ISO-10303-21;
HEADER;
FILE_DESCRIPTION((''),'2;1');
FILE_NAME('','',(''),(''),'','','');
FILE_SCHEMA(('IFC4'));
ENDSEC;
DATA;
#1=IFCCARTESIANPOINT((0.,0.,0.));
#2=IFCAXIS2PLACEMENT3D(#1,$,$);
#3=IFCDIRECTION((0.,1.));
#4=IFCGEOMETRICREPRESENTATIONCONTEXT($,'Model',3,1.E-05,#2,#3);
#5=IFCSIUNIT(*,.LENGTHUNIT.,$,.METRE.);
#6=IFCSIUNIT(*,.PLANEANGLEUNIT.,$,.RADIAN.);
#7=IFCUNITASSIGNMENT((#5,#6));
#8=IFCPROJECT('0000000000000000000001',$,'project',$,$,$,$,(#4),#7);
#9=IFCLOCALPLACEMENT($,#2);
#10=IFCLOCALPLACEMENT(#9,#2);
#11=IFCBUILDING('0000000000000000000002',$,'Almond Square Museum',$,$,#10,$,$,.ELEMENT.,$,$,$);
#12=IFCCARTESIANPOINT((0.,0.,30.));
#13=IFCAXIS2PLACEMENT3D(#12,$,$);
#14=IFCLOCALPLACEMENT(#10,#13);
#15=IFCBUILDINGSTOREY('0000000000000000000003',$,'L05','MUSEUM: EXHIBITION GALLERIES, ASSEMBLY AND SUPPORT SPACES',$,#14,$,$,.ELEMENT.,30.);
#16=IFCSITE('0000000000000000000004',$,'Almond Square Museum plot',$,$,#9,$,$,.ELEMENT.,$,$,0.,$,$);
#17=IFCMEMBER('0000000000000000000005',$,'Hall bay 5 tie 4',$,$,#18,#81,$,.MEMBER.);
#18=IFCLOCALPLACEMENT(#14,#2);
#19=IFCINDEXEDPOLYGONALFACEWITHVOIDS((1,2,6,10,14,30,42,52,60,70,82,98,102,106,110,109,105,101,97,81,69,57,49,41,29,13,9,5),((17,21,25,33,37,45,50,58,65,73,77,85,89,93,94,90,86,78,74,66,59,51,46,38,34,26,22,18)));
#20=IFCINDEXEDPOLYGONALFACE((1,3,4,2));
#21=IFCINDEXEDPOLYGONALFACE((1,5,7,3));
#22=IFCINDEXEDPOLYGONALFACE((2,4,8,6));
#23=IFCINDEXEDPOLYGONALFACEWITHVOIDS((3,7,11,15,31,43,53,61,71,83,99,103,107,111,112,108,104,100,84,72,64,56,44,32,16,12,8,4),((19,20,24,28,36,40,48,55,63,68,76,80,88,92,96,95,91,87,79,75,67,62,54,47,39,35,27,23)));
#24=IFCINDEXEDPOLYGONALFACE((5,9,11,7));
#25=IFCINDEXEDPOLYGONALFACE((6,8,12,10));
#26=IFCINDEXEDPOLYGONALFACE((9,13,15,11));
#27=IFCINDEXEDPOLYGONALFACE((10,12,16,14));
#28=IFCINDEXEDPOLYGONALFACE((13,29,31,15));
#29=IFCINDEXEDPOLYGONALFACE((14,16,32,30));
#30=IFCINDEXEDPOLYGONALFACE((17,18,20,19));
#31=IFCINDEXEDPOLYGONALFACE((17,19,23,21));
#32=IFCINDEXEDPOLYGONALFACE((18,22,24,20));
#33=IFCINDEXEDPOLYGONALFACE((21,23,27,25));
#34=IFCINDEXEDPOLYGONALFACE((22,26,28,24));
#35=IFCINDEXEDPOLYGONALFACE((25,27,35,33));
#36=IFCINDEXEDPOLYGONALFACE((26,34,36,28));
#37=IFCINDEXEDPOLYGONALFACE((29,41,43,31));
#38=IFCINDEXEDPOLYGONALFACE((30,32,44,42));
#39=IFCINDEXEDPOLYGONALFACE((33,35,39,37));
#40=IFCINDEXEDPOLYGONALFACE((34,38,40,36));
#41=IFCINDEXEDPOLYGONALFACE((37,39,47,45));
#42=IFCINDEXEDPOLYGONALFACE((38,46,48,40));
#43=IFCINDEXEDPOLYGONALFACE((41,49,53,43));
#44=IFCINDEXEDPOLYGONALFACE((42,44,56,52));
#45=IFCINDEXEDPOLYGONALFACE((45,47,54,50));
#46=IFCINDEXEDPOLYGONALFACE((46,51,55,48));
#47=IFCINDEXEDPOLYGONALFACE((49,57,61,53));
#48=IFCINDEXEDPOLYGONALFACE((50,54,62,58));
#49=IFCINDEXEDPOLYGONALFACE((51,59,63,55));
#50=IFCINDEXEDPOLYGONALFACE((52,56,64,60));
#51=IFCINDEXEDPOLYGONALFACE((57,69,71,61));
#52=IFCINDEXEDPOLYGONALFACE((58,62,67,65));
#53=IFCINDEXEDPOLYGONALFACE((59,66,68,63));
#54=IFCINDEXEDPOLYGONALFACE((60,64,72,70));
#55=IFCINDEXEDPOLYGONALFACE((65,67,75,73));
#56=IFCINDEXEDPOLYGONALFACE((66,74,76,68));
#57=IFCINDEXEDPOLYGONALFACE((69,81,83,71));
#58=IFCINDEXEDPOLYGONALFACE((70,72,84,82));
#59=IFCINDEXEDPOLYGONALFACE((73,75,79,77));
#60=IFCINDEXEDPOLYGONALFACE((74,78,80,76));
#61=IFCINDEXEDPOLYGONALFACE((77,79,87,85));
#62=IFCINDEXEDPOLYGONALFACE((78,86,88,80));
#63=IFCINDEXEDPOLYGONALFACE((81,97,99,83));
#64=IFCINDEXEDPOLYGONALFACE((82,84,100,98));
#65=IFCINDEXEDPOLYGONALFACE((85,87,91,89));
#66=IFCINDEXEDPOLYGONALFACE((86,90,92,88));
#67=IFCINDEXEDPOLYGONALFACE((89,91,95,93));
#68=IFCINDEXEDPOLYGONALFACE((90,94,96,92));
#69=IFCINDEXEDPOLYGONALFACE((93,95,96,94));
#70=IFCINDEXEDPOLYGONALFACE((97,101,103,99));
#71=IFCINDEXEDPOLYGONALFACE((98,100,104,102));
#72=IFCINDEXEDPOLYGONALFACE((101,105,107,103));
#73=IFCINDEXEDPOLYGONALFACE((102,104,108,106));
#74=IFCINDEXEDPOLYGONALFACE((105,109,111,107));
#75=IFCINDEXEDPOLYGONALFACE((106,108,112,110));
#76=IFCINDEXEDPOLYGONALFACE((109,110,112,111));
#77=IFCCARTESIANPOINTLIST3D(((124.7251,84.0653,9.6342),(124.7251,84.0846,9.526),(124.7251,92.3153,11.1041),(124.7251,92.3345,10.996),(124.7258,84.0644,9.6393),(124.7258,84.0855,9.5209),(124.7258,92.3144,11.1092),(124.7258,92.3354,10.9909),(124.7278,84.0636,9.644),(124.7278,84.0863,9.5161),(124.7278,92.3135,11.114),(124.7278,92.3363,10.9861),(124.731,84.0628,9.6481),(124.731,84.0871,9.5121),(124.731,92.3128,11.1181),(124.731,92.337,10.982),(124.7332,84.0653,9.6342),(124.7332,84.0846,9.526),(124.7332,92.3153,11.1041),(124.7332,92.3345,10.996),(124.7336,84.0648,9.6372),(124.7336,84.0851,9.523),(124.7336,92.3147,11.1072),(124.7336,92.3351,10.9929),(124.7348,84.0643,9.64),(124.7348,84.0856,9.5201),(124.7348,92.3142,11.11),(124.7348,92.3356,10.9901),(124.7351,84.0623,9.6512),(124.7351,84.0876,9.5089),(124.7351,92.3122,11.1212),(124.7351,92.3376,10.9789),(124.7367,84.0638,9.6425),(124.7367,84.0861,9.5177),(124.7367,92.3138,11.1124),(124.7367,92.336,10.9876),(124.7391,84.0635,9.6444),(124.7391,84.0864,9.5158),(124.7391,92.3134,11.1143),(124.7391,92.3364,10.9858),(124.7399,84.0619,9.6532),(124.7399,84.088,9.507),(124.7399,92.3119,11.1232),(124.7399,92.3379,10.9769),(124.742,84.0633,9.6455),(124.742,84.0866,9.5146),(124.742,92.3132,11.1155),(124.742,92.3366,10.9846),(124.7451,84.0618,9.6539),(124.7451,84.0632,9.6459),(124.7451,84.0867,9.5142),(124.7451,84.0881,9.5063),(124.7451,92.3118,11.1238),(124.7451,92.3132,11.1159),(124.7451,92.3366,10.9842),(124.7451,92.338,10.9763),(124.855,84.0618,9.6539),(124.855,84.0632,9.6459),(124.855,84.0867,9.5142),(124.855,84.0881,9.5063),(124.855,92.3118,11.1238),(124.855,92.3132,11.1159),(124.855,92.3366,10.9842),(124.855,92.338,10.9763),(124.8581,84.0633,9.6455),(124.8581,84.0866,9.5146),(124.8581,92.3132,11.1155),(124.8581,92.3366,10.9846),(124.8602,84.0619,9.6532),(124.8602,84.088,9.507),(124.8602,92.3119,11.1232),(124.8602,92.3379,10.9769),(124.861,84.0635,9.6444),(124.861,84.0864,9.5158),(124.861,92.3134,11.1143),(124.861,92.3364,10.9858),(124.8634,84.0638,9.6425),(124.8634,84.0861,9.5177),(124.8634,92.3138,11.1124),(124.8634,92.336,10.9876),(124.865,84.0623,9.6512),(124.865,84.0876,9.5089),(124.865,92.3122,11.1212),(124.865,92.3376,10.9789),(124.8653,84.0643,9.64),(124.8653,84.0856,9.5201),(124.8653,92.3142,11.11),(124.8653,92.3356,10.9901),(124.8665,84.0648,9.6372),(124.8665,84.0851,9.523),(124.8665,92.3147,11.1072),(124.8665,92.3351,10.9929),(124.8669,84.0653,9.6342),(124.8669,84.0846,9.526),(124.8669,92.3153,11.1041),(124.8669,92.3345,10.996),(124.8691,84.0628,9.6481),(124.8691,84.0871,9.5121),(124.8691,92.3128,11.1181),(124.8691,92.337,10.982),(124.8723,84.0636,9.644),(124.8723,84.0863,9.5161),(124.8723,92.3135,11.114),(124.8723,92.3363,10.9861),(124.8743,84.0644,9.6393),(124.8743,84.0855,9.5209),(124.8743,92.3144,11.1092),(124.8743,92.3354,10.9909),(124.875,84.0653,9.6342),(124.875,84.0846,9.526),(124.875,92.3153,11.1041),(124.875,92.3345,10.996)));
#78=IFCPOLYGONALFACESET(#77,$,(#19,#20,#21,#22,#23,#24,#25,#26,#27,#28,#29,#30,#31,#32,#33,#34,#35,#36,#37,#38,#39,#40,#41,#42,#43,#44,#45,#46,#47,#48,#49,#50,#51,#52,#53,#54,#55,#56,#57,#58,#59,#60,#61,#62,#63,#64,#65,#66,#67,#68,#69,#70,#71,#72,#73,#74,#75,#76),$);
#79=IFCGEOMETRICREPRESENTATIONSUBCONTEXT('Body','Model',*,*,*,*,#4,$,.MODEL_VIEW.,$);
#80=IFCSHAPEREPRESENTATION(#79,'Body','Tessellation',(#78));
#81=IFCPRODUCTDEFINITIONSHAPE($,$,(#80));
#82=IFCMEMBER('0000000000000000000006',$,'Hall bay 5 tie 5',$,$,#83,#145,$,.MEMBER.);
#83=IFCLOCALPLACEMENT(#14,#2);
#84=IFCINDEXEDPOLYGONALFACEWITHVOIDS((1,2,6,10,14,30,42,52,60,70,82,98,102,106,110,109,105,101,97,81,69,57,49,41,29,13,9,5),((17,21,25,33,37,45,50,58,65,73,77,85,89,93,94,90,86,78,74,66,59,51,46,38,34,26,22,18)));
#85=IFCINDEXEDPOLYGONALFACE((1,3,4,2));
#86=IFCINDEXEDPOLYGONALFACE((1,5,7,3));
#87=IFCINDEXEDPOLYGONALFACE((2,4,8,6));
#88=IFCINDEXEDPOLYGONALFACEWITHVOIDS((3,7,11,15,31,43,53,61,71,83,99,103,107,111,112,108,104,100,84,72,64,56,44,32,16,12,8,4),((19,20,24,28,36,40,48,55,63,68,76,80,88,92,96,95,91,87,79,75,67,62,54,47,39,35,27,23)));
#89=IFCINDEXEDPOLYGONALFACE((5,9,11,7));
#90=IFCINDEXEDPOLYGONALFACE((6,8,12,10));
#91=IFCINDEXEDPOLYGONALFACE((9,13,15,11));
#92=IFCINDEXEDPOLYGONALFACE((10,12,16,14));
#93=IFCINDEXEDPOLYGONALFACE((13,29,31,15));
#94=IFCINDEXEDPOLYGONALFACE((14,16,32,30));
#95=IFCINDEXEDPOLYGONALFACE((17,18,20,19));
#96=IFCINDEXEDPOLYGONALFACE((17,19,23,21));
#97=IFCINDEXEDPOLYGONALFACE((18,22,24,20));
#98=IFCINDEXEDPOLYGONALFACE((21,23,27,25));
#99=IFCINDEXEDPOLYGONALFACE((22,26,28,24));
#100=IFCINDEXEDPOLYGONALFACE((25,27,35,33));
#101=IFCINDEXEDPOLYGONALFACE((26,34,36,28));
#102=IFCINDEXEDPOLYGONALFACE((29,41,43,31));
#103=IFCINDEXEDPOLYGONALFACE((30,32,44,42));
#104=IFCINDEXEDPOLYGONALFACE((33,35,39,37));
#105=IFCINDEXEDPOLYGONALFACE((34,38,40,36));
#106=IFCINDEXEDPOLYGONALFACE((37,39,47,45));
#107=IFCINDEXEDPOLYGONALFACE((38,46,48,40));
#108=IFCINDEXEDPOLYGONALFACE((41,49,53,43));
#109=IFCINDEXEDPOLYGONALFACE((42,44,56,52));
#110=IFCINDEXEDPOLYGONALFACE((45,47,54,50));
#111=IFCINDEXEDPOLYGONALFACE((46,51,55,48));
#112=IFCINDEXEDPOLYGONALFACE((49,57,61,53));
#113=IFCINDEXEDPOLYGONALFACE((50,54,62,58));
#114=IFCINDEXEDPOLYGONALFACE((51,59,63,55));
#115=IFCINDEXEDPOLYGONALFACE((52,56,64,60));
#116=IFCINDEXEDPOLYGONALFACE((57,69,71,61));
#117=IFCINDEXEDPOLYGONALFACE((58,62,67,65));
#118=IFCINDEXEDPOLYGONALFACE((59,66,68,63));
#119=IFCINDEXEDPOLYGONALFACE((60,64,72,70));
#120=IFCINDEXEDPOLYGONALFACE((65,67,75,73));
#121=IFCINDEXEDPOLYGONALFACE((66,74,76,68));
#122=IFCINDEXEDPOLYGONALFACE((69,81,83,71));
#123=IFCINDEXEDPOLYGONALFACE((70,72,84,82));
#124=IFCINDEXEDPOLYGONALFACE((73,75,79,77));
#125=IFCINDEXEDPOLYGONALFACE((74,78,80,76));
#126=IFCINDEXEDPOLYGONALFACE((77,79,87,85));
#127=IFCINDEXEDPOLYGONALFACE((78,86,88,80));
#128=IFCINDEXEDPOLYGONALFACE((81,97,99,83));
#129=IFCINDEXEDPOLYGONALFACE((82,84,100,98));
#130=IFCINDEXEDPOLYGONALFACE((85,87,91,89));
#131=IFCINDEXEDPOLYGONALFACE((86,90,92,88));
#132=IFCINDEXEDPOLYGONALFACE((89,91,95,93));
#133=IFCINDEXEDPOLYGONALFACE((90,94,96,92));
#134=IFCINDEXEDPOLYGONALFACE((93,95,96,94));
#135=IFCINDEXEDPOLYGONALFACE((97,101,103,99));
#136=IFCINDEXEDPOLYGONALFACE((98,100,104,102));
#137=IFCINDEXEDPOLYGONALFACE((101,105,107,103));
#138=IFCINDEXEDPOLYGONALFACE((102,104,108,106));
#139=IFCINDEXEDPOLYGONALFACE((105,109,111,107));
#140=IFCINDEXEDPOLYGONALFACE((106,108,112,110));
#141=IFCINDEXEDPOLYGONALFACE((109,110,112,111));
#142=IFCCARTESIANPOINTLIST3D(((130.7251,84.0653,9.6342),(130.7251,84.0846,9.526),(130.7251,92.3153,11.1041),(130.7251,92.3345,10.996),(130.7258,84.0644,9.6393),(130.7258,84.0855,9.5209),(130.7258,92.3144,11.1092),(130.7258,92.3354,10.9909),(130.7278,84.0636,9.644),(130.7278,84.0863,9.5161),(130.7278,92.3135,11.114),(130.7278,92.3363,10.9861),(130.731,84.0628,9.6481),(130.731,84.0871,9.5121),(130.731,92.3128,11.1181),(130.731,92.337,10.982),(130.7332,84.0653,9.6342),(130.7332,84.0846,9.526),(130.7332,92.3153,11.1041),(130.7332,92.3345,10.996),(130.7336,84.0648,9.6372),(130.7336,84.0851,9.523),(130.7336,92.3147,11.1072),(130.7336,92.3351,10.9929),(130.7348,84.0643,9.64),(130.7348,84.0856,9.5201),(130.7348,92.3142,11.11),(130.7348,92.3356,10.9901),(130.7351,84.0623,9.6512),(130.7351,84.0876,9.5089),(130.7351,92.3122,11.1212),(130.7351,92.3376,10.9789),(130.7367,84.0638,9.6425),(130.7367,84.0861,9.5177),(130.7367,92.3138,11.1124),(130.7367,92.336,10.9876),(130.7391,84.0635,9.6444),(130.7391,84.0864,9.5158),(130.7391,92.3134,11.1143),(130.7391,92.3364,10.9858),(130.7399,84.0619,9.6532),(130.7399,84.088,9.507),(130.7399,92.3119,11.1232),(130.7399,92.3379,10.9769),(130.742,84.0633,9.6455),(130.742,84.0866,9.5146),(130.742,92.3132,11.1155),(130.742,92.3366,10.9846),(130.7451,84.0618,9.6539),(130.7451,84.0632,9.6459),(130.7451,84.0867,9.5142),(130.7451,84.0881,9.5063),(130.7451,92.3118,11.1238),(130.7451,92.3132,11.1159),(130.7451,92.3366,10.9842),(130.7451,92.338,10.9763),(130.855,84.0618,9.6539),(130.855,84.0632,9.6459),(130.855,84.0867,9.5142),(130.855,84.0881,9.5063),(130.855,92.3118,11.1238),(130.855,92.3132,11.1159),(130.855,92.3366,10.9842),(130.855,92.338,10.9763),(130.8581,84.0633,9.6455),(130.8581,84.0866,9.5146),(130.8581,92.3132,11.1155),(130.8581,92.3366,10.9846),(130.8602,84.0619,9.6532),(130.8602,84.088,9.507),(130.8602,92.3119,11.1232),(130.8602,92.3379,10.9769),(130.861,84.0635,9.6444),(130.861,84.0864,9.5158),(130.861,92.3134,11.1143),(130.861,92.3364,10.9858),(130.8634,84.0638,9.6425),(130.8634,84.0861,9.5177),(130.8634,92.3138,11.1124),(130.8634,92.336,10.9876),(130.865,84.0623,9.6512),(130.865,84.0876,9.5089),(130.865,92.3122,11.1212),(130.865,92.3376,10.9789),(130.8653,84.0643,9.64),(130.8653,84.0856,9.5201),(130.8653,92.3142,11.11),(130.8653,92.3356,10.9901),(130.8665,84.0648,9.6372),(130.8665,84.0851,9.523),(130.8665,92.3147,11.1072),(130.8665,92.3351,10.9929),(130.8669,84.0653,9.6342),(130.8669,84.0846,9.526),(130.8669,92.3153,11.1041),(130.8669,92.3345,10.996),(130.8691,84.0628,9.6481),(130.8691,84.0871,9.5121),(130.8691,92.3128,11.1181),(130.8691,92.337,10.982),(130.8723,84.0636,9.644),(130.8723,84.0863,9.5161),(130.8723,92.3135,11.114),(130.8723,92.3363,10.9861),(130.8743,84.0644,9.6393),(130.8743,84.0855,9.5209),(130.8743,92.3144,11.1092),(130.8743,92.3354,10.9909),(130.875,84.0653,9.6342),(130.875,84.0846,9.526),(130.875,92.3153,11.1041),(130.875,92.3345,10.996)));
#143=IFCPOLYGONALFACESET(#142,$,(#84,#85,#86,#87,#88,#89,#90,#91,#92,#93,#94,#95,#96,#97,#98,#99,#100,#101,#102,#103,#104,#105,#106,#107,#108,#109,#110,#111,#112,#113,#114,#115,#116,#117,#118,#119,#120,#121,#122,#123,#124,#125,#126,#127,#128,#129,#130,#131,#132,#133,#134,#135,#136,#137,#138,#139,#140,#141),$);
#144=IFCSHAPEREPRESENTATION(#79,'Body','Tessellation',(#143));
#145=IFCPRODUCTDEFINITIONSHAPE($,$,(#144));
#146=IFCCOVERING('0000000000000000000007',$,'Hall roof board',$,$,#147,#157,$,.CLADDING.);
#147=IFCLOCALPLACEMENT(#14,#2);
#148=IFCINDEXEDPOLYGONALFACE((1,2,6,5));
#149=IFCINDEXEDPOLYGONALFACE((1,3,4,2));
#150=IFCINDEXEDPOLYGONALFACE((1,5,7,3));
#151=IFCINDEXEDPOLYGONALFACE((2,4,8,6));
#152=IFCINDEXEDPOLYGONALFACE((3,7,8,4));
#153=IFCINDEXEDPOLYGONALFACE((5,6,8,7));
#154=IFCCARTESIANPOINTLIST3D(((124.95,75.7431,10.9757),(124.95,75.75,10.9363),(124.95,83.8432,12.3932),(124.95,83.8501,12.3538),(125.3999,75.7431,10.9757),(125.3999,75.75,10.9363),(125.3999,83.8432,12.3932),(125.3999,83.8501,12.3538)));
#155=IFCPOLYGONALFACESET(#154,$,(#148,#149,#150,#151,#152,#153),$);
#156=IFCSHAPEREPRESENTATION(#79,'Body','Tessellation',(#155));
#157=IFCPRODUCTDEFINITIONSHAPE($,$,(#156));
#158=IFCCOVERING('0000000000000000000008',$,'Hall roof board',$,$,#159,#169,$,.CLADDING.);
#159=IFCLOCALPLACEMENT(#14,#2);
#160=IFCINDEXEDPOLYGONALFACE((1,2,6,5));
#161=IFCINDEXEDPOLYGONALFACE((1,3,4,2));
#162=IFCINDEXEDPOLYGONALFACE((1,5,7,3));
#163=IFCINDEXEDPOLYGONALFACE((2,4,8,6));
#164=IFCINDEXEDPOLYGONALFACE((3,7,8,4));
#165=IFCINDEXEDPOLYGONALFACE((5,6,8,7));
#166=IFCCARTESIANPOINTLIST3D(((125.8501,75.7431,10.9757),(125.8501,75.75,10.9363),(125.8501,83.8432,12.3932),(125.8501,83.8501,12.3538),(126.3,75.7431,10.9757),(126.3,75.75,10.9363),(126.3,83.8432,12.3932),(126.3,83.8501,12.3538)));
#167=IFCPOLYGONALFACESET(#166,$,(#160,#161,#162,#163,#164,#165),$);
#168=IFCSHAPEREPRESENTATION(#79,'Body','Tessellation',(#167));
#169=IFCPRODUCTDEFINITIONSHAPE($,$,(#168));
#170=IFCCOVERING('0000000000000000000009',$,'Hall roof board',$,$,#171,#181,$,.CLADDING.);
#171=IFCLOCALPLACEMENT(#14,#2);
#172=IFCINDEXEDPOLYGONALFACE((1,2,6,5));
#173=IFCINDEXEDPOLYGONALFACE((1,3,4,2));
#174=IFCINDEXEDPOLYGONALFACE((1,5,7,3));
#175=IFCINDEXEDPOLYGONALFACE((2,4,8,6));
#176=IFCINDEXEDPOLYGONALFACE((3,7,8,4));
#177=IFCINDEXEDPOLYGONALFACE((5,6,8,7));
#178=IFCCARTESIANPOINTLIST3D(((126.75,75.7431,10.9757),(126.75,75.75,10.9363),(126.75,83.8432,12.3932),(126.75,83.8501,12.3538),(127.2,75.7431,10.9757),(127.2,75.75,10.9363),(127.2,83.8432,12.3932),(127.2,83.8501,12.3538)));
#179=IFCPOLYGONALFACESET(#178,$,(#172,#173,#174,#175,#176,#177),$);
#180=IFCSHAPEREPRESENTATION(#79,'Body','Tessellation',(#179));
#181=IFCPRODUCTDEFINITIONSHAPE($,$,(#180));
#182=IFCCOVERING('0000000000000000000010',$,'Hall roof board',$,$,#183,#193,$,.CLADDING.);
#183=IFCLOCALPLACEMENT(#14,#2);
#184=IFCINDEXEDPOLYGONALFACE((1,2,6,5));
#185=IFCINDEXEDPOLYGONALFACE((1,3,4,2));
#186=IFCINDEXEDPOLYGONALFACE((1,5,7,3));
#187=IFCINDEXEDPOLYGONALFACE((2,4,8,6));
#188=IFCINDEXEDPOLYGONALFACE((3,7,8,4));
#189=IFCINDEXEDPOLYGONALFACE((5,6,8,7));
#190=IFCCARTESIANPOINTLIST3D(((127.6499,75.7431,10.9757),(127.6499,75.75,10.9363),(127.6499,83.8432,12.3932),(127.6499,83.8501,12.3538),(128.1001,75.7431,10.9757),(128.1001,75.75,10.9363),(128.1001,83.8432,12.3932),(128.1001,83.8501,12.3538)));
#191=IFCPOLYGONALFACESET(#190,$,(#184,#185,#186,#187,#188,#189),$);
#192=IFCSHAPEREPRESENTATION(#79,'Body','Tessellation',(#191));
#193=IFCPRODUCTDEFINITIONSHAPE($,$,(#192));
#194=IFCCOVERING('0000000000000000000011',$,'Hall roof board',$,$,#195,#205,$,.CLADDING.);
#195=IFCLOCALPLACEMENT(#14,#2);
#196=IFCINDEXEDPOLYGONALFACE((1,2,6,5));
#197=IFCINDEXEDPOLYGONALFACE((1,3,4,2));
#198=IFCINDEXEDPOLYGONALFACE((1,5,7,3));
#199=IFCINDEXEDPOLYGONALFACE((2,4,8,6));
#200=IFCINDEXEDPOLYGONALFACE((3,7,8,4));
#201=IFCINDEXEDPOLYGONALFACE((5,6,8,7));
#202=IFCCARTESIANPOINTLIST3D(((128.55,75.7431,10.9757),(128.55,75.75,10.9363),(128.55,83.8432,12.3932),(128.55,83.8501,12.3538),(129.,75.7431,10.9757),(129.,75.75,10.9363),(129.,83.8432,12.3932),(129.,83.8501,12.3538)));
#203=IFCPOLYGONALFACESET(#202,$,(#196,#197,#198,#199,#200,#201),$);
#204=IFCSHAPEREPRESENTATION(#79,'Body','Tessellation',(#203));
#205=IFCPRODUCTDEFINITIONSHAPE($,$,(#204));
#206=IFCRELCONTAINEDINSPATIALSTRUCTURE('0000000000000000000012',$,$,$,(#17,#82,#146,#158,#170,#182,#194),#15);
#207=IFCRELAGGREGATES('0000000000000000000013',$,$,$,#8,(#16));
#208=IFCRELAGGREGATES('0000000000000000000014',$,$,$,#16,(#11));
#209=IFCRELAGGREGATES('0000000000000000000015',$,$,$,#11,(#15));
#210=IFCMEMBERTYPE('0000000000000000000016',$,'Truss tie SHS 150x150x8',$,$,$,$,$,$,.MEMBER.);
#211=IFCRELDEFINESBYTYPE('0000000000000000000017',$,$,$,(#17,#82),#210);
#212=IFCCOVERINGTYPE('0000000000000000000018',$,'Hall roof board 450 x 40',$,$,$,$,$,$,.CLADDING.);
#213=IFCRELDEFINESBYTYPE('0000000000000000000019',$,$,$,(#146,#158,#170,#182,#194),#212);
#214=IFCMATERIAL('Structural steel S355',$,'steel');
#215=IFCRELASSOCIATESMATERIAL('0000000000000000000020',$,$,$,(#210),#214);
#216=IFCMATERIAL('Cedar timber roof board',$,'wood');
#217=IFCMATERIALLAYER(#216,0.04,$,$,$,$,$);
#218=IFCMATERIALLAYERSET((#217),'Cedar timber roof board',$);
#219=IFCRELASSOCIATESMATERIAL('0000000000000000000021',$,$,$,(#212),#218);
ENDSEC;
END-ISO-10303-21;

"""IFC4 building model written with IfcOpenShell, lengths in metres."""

from ifc_helpers import new_model, si_unit, direction, frame, origin, origin_2d, place, context, subcontext, project, spatial, polyline, hollow_rectangle, outline, extrude, material, layer, layer_set, material_profile, profile_set, type_object, element, save


model = new_model("IFC4")

# Units and contexts
model_context = context("Model", 3, precision=1e-05, world=origin(), true_north=direction((0.0, 1.0)))
body_context = subcontext(model_context, "Body", "Model", "MODEL_VIEW")
ifc_project = project(units=[si_unit("LENGTHUNIT", "METRE"), si_unit("PLANEANGLEUNIT", "RADIAN")], contexts=[model_context])

# Site, building, storey
site_placement = place(None, origin())
site = spatial("IfcSite", under=ifc_project, at=site_placement, Name="Almond Square Museum plot", CompositionType="ELEMENT", RefElevation=0.0)
building_placement = place(site_placement, origin())
building = spatial("IfcBuilding", under=site, at=building_placement, Name="Almond Square Museum", CompositionType="ELEMENT")
storey_placement = place(building_placement, frame((0.0, 0.0, 30.0)))
storey = spatial("IfcBuildingStorey", under=building, at=storey_placement, Name="L05", Description="MUSEUM: EXHIBITION GALLERIES, ASSEMBLY AND SUPPORT SPACES", CompositionType="ELEMENT", Elevation=30.0)

# Members
ifc_material_1 = material(Name="Structural steel S355", Category="steel")
ifc_material_profile_1 = material_profile(ifc_material_1, hollow_rectangle(XDim=0.1499, YDim=0.1499, WallThickness=0.0081, InnerFilletRadius=0.012, OuterFilletRadius=0.02, at=origin_2d()))
ifc_profile_set_1 = profile_set([ifc_material_profile_1], Name="Structural steel S355")
member_type_1 = type_object("IfcMemberType", Name="Truss tie SHS 150x150x8", PredefinedType="MEMBER", material=ifc_profile_set_1)
for number, where, z_axis, x_axis, name in (
    (1, (124.8, 84.075, 9.5801), (0.0, 0.984494, 0.175416), (-1.0, 0.0, 0.0), "Hall bay 5 tie 4"),
    (2, (130.8, 84.075, 9.5801), (0.0, 0.984494, 0.175416), (-1.0, 0.0, 0.0), "Hall bay 5 tie 5"),
):
    element("IfcMember", number, at=place(storey_placement, frame(where, z_axis=z_axis, x_axis=x_axis)), inside=storey, type_object=member_type_1, Name=name, PredefinedType="MEMBER", context=body_context, shape_type="SweptSolid", body=[
        extrude(hollow_rectangle(XDim=0.1499, YDim=0.1499, WallThickness=0.0081, InnerFilletRadius=0.012, OuterFilletRadius=0.02, at=origin_2d()), origin(), (0.0, 0.0, 1.0), 8.3799),
    ])

# Coverings
ifc_material_2 = material(Name="Cedar timber roof board", Category="wood")
ifc_layer = layer(ifc_material_2, 0.04)
ifc_layer_set = layer_set([ifc_layer], Name="Cedar timber roof board")
covering_type = type_object("IfcCoveringType", Name="Hall roof board 450 x 40", PredefinedType="CLADDING", material=ifc_layer_set)
for number, where, z_axis, x_axis, name in (
    (3, (125.3999, 83.8501, 12.3538), (0.0, -0.172376, 0.985031), (-1.0, 0.0, 0.0), "Hall roof board"),
    (4, (126.3, 83.8501, 12.3538), (0.0, -0.172376, 0.985031), (-1.0, 0.0, 0.0), "Hall roof board"),
    (5, (127.2, 83.8501, 12.3538), (0.0, -0.172376, 0.985031), (-1.0, 0.0, 0.0), "Hall roof board"),
):
    element("IfcCovering", number, at=place(storey_placement, frame(where, z_axis=z_axis, x_axis=x_axis)), inside=storey, type_object=covering_type, Name=name, PredefinedType="CLADDING", context=body_context, shape_type="SweptSolid", body=[
        extrude(outline(polyline([(0.0, 0.0), (0.45, 0.0), (0.45, 8.2232), (0.0, 8.2232), (0.0, 0.0)])), origin(), (0.0, 0.0, 1.0), 0.04),
    ])
covering_placement = place(storey_placement, frame((128.1001, 83.8501, 12.3538), z_axis=(0.0, -0.172376, 0.985031), x_axis=(-1.0, 0.0, 0.0)))
element("IfcCovering", 6, at=covering_placement, inside=storey, type_object=covering_type, Name="Hall roof board", PredefinedType="CLADDING", context=body_context, shape_type="SweptSolid", body=[
    extrude(outline(polyline([(0.0, 0.0), (0.4502, 0.0), (0.4502, 8.2232), (0.0, 8.2232), (0.0, 0.0)])), origin(), (0.0, 0.0, 1.0), 0.04),
])
for number, where, z_axis, x_axis, name in (
    (7, (129.0, 83.8501, 12.3538), (0.0, -0.172376, 0.985031), (-1.0, 0.0, 0.0), "Hall roof board"),
):
    element("IfcCovering", number, at=place(storey_placement, frame(where, z_axis=z_axis, x_axis=x_axis)), inside=storey, type_object=covering_type, Name=name, PredefinedType="CLADDING", context=body_context, shape_type="SweptSolid", body=[
        extrude(outline(polyline([(0.0, 0.0), (0.45, 0.0), (0.45, 8.2232), (0.0, 8.2232), (0.0, 0.0)])), origin(), (0.0, 0.0, 1.0), 0.04),
    ])

save(model, "model.ifc")
